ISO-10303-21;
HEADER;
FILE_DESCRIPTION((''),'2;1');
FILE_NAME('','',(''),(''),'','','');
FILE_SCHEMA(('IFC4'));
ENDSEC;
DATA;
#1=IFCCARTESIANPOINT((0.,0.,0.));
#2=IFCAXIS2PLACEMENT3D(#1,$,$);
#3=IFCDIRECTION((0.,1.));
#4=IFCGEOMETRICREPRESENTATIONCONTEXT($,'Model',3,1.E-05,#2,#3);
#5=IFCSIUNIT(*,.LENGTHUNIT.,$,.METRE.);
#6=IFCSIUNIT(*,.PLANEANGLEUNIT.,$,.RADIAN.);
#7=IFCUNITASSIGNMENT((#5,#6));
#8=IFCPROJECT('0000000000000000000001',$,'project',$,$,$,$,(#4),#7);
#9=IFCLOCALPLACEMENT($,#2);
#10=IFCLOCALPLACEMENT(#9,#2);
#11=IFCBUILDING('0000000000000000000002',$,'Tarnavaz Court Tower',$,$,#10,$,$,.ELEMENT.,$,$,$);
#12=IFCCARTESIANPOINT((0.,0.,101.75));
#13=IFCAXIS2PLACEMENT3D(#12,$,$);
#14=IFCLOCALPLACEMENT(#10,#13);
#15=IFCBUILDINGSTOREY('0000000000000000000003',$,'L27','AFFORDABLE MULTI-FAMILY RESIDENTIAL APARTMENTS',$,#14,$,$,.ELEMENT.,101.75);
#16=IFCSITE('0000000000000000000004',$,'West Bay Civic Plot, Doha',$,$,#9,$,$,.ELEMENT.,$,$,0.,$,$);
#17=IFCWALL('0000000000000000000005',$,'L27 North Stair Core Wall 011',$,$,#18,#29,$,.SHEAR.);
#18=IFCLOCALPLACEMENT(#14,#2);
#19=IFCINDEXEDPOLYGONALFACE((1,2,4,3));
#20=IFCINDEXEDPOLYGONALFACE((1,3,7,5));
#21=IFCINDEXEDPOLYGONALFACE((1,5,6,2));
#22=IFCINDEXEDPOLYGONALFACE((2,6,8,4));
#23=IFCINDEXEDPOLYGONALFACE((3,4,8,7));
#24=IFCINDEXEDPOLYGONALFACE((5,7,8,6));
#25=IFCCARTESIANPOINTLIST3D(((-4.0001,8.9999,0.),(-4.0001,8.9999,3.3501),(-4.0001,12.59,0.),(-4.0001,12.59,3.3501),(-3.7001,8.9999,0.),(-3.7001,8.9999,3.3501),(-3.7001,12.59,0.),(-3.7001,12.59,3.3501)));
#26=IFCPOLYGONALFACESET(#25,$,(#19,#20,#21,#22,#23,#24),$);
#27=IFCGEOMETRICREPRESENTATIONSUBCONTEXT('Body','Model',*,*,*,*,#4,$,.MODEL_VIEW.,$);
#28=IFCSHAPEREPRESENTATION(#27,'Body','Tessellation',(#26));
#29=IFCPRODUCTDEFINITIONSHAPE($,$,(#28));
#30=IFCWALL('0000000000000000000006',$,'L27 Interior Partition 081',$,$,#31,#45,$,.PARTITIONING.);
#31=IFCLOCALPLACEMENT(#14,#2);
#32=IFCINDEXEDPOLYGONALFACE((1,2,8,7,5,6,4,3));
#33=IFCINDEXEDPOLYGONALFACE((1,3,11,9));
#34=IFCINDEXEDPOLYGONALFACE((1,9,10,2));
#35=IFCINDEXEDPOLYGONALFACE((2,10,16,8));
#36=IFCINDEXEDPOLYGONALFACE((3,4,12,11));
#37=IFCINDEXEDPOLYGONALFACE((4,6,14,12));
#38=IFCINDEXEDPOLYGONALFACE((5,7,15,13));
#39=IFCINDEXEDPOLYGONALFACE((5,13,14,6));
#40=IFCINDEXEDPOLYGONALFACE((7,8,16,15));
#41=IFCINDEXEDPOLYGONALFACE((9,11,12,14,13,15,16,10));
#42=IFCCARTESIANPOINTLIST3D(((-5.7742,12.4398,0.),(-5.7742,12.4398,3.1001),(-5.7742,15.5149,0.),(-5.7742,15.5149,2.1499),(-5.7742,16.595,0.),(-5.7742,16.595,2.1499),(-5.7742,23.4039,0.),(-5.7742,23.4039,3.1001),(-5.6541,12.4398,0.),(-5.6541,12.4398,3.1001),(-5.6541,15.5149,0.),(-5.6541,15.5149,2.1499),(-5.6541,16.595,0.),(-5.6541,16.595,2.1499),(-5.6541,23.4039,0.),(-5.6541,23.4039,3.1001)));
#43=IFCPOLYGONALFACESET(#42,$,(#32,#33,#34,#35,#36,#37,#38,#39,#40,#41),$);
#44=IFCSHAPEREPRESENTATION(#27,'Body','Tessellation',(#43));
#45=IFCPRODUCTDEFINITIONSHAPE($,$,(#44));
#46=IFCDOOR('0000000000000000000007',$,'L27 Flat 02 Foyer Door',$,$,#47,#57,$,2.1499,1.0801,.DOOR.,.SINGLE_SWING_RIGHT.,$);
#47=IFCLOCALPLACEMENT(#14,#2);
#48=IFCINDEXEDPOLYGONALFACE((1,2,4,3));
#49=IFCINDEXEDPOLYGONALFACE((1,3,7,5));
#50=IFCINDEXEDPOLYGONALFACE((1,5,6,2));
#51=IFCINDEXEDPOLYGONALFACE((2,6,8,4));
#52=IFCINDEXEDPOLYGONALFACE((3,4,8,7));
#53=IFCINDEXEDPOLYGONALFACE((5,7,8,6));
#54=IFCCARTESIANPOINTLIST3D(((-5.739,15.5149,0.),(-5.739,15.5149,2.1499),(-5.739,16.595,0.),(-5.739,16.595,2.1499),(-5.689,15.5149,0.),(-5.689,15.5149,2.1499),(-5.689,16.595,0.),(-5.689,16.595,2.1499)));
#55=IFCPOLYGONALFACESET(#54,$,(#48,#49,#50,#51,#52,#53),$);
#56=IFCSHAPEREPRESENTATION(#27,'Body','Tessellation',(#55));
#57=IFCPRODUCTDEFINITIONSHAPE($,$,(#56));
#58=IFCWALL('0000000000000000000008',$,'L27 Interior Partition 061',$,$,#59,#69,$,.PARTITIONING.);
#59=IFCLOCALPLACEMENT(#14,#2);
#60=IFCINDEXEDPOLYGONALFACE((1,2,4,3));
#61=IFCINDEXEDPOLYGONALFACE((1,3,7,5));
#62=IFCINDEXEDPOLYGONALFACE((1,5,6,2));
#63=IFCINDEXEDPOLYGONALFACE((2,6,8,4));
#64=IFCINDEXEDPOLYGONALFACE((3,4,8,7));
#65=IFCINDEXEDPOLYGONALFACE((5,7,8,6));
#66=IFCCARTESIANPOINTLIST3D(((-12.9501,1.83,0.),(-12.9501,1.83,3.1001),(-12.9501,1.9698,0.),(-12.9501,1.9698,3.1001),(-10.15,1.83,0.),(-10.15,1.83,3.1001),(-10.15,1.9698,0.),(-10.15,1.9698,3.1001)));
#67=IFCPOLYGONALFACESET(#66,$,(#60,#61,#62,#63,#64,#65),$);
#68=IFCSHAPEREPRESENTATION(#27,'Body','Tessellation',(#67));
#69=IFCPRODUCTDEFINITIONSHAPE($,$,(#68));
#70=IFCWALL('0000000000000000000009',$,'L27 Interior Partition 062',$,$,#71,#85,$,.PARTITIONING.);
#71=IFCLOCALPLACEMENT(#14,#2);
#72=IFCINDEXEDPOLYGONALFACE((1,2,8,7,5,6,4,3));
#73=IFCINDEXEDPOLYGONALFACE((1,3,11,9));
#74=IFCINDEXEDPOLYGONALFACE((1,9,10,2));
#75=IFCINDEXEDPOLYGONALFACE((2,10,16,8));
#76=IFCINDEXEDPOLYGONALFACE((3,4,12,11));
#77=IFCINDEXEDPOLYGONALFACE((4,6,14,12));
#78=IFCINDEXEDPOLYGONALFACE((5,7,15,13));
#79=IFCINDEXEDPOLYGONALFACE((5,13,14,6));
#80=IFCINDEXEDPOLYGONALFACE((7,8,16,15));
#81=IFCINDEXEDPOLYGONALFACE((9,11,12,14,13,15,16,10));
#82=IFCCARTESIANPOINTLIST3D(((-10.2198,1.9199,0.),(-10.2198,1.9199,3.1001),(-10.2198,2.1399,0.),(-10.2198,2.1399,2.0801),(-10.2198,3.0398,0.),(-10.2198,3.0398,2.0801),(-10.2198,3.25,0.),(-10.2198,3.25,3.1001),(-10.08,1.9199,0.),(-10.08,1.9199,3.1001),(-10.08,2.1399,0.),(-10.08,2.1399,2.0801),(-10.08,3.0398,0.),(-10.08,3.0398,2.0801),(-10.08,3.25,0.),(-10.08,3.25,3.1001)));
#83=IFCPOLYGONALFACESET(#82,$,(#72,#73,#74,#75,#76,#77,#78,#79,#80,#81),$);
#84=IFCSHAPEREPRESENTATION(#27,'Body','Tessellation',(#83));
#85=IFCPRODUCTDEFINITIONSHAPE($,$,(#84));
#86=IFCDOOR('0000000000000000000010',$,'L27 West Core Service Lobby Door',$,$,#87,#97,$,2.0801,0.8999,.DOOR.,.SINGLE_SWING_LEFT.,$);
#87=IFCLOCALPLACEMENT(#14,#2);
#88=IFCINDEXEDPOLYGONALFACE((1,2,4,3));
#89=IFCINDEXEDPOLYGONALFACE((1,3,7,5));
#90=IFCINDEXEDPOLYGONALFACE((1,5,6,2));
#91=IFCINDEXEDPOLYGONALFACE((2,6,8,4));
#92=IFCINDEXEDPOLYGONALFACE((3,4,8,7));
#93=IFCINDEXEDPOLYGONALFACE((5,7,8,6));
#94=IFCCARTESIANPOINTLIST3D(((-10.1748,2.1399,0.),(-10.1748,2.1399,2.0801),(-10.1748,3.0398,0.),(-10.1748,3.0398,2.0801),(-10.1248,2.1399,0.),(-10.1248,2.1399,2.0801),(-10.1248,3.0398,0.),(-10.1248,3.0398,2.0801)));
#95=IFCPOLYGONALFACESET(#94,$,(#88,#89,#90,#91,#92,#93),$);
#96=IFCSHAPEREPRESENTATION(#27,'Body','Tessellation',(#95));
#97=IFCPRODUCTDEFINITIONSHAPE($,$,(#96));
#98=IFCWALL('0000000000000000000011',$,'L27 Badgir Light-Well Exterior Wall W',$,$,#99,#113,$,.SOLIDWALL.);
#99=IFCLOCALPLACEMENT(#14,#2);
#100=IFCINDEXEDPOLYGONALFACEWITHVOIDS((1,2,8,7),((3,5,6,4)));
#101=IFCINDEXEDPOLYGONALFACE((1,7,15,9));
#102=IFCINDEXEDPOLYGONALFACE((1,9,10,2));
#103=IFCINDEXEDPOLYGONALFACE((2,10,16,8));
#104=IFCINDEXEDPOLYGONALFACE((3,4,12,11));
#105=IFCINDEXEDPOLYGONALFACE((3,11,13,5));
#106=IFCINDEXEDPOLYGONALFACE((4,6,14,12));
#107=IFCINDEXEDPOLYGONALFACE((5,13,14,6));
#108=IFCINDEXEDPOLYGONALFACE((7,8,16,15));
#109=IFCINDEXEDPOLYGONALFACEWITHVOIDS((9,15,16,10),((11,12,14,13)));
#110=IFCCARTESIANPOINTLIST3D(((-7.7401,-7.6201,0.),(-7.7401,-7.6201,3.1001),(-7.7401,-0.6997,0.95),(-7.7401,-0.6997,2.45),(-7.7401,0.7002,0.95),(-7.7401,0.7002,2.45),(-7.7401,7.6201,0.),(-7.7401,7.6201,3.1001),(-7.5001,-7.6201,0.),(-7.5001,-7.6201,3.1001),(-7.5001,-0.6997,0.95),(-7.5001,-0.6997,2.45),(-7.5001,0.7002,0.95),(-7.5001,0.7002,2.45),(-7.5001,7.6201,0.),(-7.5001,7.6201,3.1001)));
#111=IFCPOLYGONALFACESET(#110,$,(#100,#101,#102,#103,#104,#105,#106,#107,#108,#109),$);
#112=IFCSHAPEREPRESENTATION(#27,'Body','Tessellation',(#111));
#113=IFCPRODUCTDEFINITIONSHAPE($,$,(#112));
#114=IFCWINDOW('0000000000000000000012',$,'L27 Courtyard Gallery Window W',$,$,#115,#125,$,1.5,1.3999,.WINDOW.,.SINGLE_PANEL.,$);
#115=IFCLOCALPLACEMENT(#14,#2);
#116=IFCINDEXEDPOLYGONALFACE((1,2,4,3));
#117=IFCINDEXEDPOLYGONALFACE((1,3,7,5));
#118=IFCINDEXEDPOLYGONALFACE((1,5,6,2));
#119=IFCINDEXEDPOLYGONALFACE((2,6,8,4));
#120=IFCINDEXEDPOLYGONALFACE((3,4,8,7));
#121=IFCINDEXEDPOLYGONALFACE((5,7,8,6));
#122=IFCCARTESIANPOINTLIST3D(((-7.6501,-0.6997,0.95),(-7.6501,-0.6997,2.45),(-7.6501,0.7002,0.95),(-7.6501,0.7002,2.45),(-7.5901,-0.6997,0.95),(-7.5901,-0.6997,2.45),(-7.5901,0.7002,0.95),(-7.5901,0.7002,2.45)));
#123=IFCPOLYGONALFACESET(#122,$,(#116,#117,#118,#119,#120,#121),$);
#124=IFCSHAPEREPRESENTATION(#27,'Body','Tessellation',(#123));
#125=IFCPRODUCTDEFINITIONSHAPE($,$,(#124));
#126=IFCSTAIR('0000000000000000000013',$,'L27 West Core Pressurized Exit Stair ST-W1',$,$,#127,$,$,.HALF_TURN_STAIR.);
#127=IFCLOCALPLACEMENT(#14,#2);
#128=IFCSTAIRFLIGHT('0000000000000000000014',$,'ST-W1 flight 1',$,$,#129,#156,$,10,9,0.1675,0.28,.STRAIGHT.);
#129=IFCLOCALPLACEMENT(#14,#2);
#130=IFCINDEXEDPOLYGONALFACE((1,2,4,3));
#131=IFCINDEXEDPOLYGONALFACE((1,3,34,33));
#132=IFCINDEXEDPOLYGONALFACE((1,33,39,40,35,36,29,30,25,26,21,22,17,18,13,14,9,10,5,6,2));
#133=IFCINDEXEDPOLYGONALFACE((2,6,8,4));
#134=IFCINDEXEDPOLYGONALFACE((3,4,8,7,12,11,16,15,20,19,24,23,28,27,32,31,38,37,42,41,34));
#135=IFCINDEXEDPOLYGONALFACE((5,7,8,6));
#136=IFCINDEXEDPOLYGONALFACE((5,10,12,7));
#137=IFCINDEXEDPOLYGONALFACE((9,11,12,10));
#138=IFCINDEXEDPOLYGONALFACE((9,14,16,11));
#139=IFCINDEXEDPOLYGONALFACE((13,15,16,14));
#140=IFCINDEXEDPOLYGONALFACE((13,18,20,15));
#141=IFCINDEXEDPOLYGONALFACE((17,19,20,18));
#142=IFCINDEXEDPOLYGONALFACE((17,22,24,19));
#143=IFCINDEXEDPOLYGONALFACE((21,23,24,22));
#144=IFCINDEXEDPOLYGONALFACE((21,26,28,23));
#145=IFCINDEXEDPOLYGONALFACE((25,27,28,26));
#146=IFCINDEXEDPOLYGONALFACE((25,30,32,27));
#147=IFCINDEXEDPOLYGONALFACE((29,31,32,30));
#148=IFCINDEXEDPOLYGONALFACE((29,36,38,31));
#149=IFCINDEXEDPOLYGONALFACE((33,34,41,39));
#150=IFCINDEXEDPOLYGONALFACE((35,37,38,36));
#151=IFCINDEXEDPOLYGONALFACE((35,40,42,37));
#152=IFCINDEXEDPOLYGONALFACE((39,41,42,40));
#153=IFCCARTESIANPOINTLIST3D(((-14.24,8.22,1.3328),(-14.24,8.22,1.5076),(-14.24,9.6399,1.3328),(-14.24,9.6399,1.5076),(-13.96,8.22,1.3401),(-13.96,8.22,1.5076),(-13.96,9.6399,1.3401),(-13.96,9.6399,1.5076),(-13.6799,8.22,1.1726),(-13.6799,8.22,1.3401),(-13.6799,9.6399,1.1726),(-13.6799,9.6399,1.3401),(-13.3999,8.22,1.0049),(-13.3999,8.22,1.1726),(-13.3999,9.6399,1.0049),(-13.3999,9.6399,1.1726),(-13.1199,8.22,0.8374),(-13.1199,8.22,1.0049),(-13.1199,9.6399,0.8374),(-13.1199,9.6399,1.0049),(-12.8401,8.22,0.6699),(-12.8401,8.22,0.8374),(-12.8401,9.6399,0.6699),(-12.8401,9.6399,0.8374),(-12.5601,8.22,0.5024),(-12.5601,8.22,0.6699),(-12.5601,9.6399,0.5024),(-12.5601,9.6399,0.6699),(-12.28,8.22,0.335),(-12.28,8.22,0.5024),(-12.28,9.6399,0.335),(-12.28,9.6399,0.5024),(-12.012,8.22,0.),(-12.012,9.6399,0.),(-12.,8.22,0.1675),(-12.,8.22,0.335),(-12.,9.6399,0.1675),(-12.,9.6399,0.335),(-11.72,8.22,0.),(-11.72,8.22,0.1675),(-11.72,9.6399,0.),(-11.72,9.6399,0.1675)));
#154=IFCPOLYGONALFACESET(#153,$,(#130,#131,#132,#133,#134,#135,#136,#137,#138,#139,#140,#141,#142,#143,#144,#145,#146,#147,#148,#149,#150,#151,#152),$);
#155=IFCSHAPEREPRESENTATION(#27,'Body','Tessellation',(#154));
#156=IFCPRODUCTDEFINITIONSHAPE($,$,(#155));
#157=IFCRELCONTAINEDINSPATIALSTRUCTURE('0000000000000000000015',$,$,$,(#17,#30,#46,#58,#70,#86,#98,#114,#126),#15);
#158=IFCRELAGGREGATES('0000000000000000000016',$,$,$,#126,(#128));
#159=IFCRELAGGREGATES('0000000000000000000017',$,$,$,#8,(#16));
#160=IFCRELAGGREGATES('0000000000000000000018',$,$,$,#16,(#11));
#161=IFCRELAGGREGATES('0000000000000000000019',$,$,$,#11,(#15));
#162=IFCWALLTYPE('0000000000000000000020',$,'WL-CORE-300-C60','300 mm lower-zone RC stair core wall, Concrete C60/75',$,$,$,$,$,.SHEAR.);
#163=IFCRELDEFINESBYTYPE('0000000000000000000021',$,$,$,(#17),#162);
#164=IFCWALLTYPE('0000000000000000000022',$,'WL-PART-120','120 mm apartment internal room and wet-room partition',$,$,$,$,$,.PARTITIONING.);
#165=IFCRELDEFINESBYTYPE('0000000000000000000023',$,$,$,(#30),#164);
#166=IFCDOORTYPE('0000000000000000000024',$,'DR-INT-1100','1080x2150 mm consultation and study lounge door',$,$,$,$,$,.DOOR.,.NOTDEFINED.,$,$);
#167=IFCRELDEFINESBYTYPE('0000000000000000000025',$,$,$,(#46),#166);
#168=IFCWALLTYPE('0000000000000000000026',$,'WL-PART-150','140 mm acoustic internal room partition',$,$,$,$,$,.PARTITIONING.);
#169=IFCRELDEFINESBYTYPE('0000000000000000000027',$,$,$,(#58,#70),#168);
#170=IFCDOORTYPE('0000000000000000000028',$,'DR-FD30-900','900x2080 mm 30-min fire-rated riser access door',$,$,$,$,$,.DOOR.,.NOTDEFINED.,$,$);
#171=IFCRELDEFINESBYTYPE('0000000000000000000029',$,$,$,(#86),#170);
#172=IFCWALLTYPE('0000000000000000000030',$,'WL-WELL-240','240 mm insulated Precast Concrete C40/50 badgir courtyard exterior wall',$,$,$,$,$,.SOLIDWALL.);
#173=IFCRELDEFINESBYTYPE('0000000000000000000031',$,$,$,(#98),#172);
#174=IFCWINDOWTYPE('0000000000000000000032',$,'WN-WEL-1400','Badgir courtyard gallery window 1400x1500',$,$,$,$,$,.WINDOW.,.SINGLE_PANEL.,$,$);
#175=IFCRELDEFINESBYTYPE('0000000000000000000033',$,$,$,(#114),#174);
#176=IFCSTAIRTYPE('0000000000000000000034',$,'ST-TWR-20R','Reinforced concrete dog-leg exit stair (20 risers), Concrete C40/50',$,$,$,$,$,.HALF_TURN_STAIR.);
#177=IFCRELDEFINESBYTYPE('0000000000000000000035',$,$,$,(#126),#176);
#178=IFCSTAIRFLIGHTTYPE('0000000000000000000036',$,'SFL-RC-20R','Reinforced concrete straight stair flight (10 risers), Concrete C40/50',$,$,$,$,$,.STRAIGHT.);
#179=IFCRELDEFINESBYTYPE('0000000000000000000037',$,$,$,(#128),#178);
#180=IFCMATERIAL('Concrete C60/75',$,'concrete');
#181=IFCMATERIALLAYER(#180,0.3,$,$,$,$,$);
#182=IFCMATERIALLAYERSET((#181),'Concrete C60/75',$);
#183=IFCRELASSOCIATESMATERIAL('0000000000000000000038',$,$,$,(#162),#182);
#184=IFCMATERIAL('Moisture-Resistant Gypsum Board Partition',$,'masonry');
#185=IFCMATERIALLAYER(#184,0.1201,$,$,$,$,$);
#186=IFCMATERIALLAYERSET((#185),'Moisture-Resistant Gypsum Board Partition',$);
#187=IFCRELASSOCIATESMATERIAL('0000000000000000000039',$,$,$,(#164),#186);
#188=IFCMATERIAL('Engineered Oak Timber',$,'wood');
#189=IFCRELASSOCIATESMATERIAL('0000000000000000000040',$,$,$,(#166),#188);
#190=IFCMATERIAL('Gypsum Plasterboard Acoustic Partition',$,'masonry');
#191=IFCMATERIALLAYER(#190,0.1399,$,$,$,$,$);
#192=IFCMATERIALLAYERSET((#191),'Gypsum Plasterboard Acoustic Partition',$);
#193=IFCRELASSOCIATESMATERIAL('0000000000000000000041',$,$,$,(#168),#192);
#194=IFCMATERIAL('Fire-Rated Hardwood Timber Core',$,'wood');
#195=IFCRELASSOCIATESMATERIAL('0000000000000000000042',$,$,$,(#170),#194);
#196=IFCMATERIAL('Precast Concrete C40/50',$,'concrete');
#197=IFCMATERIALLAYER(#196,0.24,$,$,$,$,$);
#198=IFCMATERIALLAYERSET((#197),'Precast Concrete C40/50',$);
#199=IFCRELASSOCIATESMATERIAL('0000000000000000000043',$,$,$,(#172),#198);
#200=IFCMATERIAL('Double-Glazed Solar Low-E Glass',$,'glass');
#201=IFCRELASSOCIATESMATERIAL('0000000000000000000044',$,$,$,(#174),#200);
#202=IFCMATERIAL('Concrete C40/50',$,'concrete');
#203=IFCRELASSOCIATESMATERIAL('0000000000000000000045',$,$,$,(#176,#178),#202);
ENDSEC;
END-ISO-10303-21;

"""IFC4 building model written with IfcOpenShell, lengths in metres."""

from ifc_helpers import new_model, si_unit, direction, frame, frame_2d, origin, place, context, subcontext, project, spatial, polyline, rectangle, outline, extrude, material, layer, layer_set, type_object, element, fill, aggregate, save


model = new_model("IFC4")

# Units and contexts
model_context = context("Model", 3, precision=1e-05, world=origin(), true_north=direction((0.0, 1.0)))
body_context = subcontext(model_context, "Body", "Model", "MODEL_VIEW")
ifc_project = project(units=[si_unit("LENGTHUNIT", "METRE"), si_unit("PLANEANGLEUNIT", "RADIAN")], contexts=[model_context])

# Site, building, storey
site_placement = place(None, origin())
site = spatial("IfcSite", under=ifc_project, at=site_placement, Name="West Bay Civic Plot, Doha", CompositionType="ELEMENT", RefElevation=0.0)
building_placement = place(site_placement, origin())
building = spatial("IfcBuilding", under=site, at=building_placement, Name="Tarnavaz Court Tower", CompositionType="ELEMENT")
storey_placement = place(building_placement, frame((0.0, 0.0, 101.75)))
storey = spatial("IfcBuildingStorey", under=building, at=storey_placement, Name="L27", Description="AFFORDABLE MULTI-FAMILY RESIDENTIAL APARTMENTS", CompositionType="ELEMENT", Elevation=101.75)

# Shared definitions
ifc_material_1 = material(Name="Concrete C60/75", Category="concrete")

# Shared definitions
ifc_layer_1 = layer(ifc_material_1, 0.3)
ifc_layer_set_1 = layer_set([ifc_layer_1], Name="Concrete C60/75")
wall_type_1 = type_object("IfcWallType", Name="WL-CORE-300-C60", Description="300 mm lower-zone RC stair core wall, Concrete C60/75", PredefinedType="SHEAR", material=ifc_layer_set_1)

# Shared definitions
ifc_material_2 = material(Name="Fire-Rated Hardwood Timber Core", Category="wood")

# Wall
wall_1_placement = place(storey_placement, frame((-3.8501, 9.0, 0.0), z_axis=(0.0, 0.0, 1.0), x_axis=(0.0, 1.0, 0.0)))
element("IfcWall", 1, at=wall_1_placement, inside=storey, type_object=wall_type_1, Name="L27 North Stair Core Wall 011", PredefinedType="SHEAR", context=body_context, shape_type="SweptSolid", body=[
    extrude(rectangle(XDim=3.5901, YDim=0.3, at=frame_2d((1.7949, 0.0))), origin(), (0.0, 0.0, 1.0), 3.3501),
])

# Wall, opening, door
ifc_material_3 = material(Name="Moisture-Resistant Gypsum Board Partition", Category="masonry")
ifc_layer_2 = layer(ifc_material_3, 0.1201)
ifc_layer_set_2 = layer_set([ifc_layer_2], Name="Moisture-Resistant Gypsum Board Partition")
wall_type_2 = type_object("IfcWallType", Name="WL-PART-120", Description="120 mm apartment internal room and wet-room partition", PredefinedType="PARTITIONING", material=ifc_layer_set_2)
wall_2_placement = place(storey_placement, frame((-5.7141, 12.4399, 0.0), z_axis=(0.0, 0.0, 1.0), x_axis=(0.0, 1.0, 0.0)))
wall_2 = element("IfcWall", 2, at=wall_2_placement, inside=storey, type_object=wall_type_2, Name="L27 Interior Partition 081", PredefinedType="PARTITIONING", context=body_context, shape_type="SweptSolid", body=[
    extrude(rectangle(XDim=10.9641, YDim=0.1201, at=frame_2d((5.4819, 0.0))), origin(), (0.0, 0.0, 1.0), 3.1001),
])
opening_1_placement = place(wall_2_placement, frame((3.075, 0.0, 0.0)))
opening_1 = element("IfcOpeningElement", 3, at=opening_1_placement, cuts=wall_2, PredefinedType="OPENING", context=body_context, shape_type="SweptSolid", body=[
    extrude(rectangle(XDim=1.0801, YDim=2.1499, at=frame_2d((0.54, 1.075))), frame((0.0, 0.0701, 0.0), z_axis=(0.0, -1.0, 0.0), x_axis=(1.0, 0.0, 0.0)), (0.0, 0.0, 1.0), 0.1401),
])
ifc_material_4 = material(Name="Engineered Oak Timber", Category="wood")
door_type_1 = type_object("IfcDoorType", Name="DR-INT-1100", Description="1080x2150 mm consultation and study lounge door", OperationType="NOTDEFINED", PredefinedType="DOOR", material=ifc_material_4)
door_1_placement = place(opening_1_placement, origin())
door_1 = element("IfcDoor", 4, at=door_1_placement, inside=storey, type_object=door_type_1, Name="L27 Flat 02 Foyer Door", OperationType="SINGLE_SWING_RIGHT", OverallHeight=2.1499, OverallWidth=1.0801, PredefinedType="DOOR", context=body_context, shape_type="SweptSolid", body=[
    extrude(rectangle(XDim=1.0801, YDim=2.1499, at=frame_2d((0.54, 1.075))), frame((0.0, 0.0249, 0.0), z_axis=(0.0, -1.0, 0.0), x_axis=(1.0, 0.0, 0.0)), (0.0, 0.0, 1.0), 0.05),
])
fill(opening_1, door_1)

# Wall
ifc_material_5 = material(Name="Gypsum Plasterboard Acoustic Partition", Category="masonry")
ifc_layer_3 = layer(ifc_material_5, 0.1399)
ifc_layer_set_3 = layer_set([ifc_layer_3], Name="Gypsum Plasterboard Acoustic Partition")
wall_type_3 = type_object("IfcWallType", Name="WL-PART-150", Description="140 mm acoustic internal room partition", PredefinedType="PARTITIONING", material=ifc_layer_set_3)
wall_3_placement = place(storey_placement, frame((-12.95, 1.8999, 0.0), z_axis=(0.0, 0.0, 1.0), x_axis=(1.0, 0.0, 0.0)))
element("IfcWall", 5, at=wall_3_placement, inside=storey, type_object=wall_type_3, Name="L27 Interior Partition 061", PredefinedType="PARTITIONING", context=body_context, shape_type="SweptSolid", body=[
    extrude(rectangle(XDim=2.8, YDim=0.1399, at=frame_2d((1.3999, 0.0))), origin(), (0.0, 0.0, 1.0), 3.1001),
])

# Wall, opening, door
wall_4_placement = place(storey_placement, frame((-10.1499, 1.9199, 0.0), z_axis=(0.0, 0.0, 1.0), x_axis=(0.0, 1.0, 0.0)))
wall_4 = element("IfcWall", 6, at=wall_4_placement, inside=storey, type_object=wall_type_3, Name="L27 Interior Partition 062", PredefinedType="PARTITIONING", context=body_context, shape_type="SweptSolid", body=[
    extrude(rectangle(XDim=1.3301, YDim=0.1399, at=frame_2d((0.665, 0.0))), origin(), (0.0, 0.0, 1.0), 3.1001),
])
opening_2_placement = place(wall_4_placement, frame((0.22, 0.0, 0.0)))
opening_2 = element("IfcOpeningElement", 7, at=opening_2_placement, cuts=wall_4, PredefinedType="OPENING", context=body_context, shape_type="SweptSolid", body=[
    extrude(rectangle(XDim=0.8999, YDim=2.0801, at=frame_2d((0.45, 1.04))), frame((0.0, 0.0798, 0.0), z_axis=(0.0, -1.0, 0.0), x_axis=(1.0, 0.0, 0.0)), (0.0, 0.0, 1.0), 0.1599),
])
door_type_2 = type_object("IfcDoorType", Name="DR-FD30-900", Description="900x2080 mm 30-min fire-rated riser access door", OperationType="NOTDEFINED", PredefinedType="DOOR", material=ifc_material_2)
door_2_placement = place(opening_2_placement, origin())
door_2 = element("IfcDoor", 8, at=door_2_placement, inside=storey, type_object=door_type_2, Name="L27 West Core Service Lobby Door", OperationType="SINGLE_SWING_LEFT", OverallHeight=2.0801, OverallWidth=0.8999, PredefinedType="DOOR", context=body_context, shape_type="SweptSolid", body=[
    extrude(rectangle(XDim=0.8999, YDim=2.0801, at=frame_2d((0.45, 1.04))), frame((0.0, 0.0249, 0.0), z_axis=(0.0, -1.0, 0.0), x_axis=(1.0, 0.0, 0.0)), (0.0, 0.0, 1.0), 0.05),
])
fill(opening_2, door_2)

# Wall, opening, window
ifc_material_6 = material(Name="Precast Concrete C40/50", Category="concrete")
ifc_layer_4 = layer(ifc_material_6, 0.24)
ifc_layer_set_4 = layer_set([ifc_layer_4], Name="Precast Concrete C40/50")
wall_type_4 = type_object("IfcWallType", Name="WL-WELL-240", Description="240 mm insulated Precast Concrete C40/50 badgir courtyard exterior wall", PredefinedType="SOLIDWALL", material=ifc_layer_set_4)
wall_5_placement = place(storey_placement, frame((-7.6201, 7.6201, 0.0), z_axis=(0.0, 0.0, 1.0), x_axis=(0.0, -1.0, 0.0)))
wall_5 = element("IfcWall", 9, at=wall_5_placement, inside=storey, type_object=wall_type_4, Name="L27 Badgir Light-Well Exterior Wall W", PredefinedType="SOLIDWALL", context=body_context, shape_type="SweptSolid", body=[
    extrude(rectangle(XDim=15.2402, YDim=0.24, at=frame_2d((7.6201, 0.0))), origin(), (0.0, 0.0, 1.0), 3.1001),
])
opening_3_placement = place(wall_5_placement, frame((6.9199, 0.0, 0.95)))
opening_3 = element("IfcOpeningElement", 10, at=opening_3_placement, cuts=wall_5, PredefinedType="OPENING", context=body_context, shape_type="SweptSolid", body=[
    extrude(rectangle(XDim=1.3999, YDim=1.5, at=frame_2d((0.7, 0.75))), frame((0.0, 0.1299, 0.0), z_axis=(0.0, -1.0, 0.0), x_axis=(1.0, 0.0, 0.0)), (0.0, 0.0, 1.0), 0.26),
])
ifc_material_7 = material(Name="Double-Glazed Solar Low-E Glass", Category="glass")
window_type = type_object("IfcWindowType", Name="WN-WEL-1400", Description="Badgir courtyard gallery window 1400x1500", PartitioningType="SINGLE_PANEL", PredefinedType="WINDOW", material=ifc_material_7)
window_placement = place(opening_3_placement, origin())
window = element("IfcWindow", 11, at=window_placement, inside=storey, type_object=window_type, Name="L27 Courtyard Gallery Window W", OverallHeight=1.5, OverallWidth=1.3999, PartitioningType="SINGLE_PANEL", PredefinedType="WINDOW", context=body_context, shape_type="SweptSolid", body=[
    extrude(rectangle(XDim=1.3999, YDim=1.5, at=frame_2d((0.7, 0.75))), frame((0.0, 0.03, 0.0), z_axis=(0.0, -1.0, 0.0), x_axis=(1.0, 0.0, 0.0)), (0.0, 0.0, 1.0), 0.0601),
])
fill(opening_3, window)

# Stair, stair flight
ifc_material_8 = material(Name="Concrete C40/50", Category="concrete")
stair_type = type_object("IfcStairType", Name="ST-TWR-20R", Description="Reinforced concrete dog-leg exit stair (20 risers), Concrete C40/50", PredefinedType="HALF_TURN_STAIR", material=ifc_material_8)
stair_1_placement = place(storey_placement, origin())
stair_1 = element("IfcStair", 12, at=stair_1_placement, inside=storey, type_object=stair_type, Name="L27 West Core Pressurized Exit Stair ST-W1", PredefinedType="HALF_TURN_STAIR")
stair_flight_type = type_object("IfcStairFlightType", Name="SFL-RC-20R", Description="Reinforced concrete straight stair flight (10 risers), Concrete C40/50", PredefinedType="STRAIGHT", material=ifc_material_8)
stair_flight_1_placement = place(storey_placement, frame((-11.72, 8.9299, 0.0), z_axis=(0.0, 0.0, 1.0), x_axis=(-1.0, 0.0, 0.0)))
stair_flight_1 = element("IfcStairFlight", 13, at=stair_flight_1_placement, type_object=stair_flight_type, Name="ST-W1 flight 1", NumberOfRisers=10, NumberOfTreads=9, PredefinedType="STRAIGHT", RiserHeight=0.1675, TreadLength=0.28, context=body_context, shape_type="SweptSolid", body=[
    extrude(outline(polyline([(0.0, 0.0), (0.0, 0.1675), (0.28, 0.1675), (0.28, 0.335), (0.5601, 0.335), (0.5601, 0.5024), (0.8401, 0.5024), (0.8401, 0.6699), (1.1201, 0.6699), (1.1201, 0.8374), (1.3999, 0.8374), (1.3999, 1.0049), (1.6799, 1.0049), (1.6799, 1.1726), (1.96, 1.1726), (1.96, 1.3401), (2.24, 1.3401), (2.24, 1.5076), (2.52, 1.5076), (2.52, 1.675), (2.52, 1.3328), (0.292, 0.0), (0.0, 0.0)])), frame((0.0, 0.71, 0.0), z_axis=(0.0, -1.0, 0.0), x_axis=(1.0, 0.0, 0.0)), (0.0, 0.0, 1.0), 1.4199),
])
aggregate(stair_1, [stair_flight_1])

save(model, "model.ifc")
